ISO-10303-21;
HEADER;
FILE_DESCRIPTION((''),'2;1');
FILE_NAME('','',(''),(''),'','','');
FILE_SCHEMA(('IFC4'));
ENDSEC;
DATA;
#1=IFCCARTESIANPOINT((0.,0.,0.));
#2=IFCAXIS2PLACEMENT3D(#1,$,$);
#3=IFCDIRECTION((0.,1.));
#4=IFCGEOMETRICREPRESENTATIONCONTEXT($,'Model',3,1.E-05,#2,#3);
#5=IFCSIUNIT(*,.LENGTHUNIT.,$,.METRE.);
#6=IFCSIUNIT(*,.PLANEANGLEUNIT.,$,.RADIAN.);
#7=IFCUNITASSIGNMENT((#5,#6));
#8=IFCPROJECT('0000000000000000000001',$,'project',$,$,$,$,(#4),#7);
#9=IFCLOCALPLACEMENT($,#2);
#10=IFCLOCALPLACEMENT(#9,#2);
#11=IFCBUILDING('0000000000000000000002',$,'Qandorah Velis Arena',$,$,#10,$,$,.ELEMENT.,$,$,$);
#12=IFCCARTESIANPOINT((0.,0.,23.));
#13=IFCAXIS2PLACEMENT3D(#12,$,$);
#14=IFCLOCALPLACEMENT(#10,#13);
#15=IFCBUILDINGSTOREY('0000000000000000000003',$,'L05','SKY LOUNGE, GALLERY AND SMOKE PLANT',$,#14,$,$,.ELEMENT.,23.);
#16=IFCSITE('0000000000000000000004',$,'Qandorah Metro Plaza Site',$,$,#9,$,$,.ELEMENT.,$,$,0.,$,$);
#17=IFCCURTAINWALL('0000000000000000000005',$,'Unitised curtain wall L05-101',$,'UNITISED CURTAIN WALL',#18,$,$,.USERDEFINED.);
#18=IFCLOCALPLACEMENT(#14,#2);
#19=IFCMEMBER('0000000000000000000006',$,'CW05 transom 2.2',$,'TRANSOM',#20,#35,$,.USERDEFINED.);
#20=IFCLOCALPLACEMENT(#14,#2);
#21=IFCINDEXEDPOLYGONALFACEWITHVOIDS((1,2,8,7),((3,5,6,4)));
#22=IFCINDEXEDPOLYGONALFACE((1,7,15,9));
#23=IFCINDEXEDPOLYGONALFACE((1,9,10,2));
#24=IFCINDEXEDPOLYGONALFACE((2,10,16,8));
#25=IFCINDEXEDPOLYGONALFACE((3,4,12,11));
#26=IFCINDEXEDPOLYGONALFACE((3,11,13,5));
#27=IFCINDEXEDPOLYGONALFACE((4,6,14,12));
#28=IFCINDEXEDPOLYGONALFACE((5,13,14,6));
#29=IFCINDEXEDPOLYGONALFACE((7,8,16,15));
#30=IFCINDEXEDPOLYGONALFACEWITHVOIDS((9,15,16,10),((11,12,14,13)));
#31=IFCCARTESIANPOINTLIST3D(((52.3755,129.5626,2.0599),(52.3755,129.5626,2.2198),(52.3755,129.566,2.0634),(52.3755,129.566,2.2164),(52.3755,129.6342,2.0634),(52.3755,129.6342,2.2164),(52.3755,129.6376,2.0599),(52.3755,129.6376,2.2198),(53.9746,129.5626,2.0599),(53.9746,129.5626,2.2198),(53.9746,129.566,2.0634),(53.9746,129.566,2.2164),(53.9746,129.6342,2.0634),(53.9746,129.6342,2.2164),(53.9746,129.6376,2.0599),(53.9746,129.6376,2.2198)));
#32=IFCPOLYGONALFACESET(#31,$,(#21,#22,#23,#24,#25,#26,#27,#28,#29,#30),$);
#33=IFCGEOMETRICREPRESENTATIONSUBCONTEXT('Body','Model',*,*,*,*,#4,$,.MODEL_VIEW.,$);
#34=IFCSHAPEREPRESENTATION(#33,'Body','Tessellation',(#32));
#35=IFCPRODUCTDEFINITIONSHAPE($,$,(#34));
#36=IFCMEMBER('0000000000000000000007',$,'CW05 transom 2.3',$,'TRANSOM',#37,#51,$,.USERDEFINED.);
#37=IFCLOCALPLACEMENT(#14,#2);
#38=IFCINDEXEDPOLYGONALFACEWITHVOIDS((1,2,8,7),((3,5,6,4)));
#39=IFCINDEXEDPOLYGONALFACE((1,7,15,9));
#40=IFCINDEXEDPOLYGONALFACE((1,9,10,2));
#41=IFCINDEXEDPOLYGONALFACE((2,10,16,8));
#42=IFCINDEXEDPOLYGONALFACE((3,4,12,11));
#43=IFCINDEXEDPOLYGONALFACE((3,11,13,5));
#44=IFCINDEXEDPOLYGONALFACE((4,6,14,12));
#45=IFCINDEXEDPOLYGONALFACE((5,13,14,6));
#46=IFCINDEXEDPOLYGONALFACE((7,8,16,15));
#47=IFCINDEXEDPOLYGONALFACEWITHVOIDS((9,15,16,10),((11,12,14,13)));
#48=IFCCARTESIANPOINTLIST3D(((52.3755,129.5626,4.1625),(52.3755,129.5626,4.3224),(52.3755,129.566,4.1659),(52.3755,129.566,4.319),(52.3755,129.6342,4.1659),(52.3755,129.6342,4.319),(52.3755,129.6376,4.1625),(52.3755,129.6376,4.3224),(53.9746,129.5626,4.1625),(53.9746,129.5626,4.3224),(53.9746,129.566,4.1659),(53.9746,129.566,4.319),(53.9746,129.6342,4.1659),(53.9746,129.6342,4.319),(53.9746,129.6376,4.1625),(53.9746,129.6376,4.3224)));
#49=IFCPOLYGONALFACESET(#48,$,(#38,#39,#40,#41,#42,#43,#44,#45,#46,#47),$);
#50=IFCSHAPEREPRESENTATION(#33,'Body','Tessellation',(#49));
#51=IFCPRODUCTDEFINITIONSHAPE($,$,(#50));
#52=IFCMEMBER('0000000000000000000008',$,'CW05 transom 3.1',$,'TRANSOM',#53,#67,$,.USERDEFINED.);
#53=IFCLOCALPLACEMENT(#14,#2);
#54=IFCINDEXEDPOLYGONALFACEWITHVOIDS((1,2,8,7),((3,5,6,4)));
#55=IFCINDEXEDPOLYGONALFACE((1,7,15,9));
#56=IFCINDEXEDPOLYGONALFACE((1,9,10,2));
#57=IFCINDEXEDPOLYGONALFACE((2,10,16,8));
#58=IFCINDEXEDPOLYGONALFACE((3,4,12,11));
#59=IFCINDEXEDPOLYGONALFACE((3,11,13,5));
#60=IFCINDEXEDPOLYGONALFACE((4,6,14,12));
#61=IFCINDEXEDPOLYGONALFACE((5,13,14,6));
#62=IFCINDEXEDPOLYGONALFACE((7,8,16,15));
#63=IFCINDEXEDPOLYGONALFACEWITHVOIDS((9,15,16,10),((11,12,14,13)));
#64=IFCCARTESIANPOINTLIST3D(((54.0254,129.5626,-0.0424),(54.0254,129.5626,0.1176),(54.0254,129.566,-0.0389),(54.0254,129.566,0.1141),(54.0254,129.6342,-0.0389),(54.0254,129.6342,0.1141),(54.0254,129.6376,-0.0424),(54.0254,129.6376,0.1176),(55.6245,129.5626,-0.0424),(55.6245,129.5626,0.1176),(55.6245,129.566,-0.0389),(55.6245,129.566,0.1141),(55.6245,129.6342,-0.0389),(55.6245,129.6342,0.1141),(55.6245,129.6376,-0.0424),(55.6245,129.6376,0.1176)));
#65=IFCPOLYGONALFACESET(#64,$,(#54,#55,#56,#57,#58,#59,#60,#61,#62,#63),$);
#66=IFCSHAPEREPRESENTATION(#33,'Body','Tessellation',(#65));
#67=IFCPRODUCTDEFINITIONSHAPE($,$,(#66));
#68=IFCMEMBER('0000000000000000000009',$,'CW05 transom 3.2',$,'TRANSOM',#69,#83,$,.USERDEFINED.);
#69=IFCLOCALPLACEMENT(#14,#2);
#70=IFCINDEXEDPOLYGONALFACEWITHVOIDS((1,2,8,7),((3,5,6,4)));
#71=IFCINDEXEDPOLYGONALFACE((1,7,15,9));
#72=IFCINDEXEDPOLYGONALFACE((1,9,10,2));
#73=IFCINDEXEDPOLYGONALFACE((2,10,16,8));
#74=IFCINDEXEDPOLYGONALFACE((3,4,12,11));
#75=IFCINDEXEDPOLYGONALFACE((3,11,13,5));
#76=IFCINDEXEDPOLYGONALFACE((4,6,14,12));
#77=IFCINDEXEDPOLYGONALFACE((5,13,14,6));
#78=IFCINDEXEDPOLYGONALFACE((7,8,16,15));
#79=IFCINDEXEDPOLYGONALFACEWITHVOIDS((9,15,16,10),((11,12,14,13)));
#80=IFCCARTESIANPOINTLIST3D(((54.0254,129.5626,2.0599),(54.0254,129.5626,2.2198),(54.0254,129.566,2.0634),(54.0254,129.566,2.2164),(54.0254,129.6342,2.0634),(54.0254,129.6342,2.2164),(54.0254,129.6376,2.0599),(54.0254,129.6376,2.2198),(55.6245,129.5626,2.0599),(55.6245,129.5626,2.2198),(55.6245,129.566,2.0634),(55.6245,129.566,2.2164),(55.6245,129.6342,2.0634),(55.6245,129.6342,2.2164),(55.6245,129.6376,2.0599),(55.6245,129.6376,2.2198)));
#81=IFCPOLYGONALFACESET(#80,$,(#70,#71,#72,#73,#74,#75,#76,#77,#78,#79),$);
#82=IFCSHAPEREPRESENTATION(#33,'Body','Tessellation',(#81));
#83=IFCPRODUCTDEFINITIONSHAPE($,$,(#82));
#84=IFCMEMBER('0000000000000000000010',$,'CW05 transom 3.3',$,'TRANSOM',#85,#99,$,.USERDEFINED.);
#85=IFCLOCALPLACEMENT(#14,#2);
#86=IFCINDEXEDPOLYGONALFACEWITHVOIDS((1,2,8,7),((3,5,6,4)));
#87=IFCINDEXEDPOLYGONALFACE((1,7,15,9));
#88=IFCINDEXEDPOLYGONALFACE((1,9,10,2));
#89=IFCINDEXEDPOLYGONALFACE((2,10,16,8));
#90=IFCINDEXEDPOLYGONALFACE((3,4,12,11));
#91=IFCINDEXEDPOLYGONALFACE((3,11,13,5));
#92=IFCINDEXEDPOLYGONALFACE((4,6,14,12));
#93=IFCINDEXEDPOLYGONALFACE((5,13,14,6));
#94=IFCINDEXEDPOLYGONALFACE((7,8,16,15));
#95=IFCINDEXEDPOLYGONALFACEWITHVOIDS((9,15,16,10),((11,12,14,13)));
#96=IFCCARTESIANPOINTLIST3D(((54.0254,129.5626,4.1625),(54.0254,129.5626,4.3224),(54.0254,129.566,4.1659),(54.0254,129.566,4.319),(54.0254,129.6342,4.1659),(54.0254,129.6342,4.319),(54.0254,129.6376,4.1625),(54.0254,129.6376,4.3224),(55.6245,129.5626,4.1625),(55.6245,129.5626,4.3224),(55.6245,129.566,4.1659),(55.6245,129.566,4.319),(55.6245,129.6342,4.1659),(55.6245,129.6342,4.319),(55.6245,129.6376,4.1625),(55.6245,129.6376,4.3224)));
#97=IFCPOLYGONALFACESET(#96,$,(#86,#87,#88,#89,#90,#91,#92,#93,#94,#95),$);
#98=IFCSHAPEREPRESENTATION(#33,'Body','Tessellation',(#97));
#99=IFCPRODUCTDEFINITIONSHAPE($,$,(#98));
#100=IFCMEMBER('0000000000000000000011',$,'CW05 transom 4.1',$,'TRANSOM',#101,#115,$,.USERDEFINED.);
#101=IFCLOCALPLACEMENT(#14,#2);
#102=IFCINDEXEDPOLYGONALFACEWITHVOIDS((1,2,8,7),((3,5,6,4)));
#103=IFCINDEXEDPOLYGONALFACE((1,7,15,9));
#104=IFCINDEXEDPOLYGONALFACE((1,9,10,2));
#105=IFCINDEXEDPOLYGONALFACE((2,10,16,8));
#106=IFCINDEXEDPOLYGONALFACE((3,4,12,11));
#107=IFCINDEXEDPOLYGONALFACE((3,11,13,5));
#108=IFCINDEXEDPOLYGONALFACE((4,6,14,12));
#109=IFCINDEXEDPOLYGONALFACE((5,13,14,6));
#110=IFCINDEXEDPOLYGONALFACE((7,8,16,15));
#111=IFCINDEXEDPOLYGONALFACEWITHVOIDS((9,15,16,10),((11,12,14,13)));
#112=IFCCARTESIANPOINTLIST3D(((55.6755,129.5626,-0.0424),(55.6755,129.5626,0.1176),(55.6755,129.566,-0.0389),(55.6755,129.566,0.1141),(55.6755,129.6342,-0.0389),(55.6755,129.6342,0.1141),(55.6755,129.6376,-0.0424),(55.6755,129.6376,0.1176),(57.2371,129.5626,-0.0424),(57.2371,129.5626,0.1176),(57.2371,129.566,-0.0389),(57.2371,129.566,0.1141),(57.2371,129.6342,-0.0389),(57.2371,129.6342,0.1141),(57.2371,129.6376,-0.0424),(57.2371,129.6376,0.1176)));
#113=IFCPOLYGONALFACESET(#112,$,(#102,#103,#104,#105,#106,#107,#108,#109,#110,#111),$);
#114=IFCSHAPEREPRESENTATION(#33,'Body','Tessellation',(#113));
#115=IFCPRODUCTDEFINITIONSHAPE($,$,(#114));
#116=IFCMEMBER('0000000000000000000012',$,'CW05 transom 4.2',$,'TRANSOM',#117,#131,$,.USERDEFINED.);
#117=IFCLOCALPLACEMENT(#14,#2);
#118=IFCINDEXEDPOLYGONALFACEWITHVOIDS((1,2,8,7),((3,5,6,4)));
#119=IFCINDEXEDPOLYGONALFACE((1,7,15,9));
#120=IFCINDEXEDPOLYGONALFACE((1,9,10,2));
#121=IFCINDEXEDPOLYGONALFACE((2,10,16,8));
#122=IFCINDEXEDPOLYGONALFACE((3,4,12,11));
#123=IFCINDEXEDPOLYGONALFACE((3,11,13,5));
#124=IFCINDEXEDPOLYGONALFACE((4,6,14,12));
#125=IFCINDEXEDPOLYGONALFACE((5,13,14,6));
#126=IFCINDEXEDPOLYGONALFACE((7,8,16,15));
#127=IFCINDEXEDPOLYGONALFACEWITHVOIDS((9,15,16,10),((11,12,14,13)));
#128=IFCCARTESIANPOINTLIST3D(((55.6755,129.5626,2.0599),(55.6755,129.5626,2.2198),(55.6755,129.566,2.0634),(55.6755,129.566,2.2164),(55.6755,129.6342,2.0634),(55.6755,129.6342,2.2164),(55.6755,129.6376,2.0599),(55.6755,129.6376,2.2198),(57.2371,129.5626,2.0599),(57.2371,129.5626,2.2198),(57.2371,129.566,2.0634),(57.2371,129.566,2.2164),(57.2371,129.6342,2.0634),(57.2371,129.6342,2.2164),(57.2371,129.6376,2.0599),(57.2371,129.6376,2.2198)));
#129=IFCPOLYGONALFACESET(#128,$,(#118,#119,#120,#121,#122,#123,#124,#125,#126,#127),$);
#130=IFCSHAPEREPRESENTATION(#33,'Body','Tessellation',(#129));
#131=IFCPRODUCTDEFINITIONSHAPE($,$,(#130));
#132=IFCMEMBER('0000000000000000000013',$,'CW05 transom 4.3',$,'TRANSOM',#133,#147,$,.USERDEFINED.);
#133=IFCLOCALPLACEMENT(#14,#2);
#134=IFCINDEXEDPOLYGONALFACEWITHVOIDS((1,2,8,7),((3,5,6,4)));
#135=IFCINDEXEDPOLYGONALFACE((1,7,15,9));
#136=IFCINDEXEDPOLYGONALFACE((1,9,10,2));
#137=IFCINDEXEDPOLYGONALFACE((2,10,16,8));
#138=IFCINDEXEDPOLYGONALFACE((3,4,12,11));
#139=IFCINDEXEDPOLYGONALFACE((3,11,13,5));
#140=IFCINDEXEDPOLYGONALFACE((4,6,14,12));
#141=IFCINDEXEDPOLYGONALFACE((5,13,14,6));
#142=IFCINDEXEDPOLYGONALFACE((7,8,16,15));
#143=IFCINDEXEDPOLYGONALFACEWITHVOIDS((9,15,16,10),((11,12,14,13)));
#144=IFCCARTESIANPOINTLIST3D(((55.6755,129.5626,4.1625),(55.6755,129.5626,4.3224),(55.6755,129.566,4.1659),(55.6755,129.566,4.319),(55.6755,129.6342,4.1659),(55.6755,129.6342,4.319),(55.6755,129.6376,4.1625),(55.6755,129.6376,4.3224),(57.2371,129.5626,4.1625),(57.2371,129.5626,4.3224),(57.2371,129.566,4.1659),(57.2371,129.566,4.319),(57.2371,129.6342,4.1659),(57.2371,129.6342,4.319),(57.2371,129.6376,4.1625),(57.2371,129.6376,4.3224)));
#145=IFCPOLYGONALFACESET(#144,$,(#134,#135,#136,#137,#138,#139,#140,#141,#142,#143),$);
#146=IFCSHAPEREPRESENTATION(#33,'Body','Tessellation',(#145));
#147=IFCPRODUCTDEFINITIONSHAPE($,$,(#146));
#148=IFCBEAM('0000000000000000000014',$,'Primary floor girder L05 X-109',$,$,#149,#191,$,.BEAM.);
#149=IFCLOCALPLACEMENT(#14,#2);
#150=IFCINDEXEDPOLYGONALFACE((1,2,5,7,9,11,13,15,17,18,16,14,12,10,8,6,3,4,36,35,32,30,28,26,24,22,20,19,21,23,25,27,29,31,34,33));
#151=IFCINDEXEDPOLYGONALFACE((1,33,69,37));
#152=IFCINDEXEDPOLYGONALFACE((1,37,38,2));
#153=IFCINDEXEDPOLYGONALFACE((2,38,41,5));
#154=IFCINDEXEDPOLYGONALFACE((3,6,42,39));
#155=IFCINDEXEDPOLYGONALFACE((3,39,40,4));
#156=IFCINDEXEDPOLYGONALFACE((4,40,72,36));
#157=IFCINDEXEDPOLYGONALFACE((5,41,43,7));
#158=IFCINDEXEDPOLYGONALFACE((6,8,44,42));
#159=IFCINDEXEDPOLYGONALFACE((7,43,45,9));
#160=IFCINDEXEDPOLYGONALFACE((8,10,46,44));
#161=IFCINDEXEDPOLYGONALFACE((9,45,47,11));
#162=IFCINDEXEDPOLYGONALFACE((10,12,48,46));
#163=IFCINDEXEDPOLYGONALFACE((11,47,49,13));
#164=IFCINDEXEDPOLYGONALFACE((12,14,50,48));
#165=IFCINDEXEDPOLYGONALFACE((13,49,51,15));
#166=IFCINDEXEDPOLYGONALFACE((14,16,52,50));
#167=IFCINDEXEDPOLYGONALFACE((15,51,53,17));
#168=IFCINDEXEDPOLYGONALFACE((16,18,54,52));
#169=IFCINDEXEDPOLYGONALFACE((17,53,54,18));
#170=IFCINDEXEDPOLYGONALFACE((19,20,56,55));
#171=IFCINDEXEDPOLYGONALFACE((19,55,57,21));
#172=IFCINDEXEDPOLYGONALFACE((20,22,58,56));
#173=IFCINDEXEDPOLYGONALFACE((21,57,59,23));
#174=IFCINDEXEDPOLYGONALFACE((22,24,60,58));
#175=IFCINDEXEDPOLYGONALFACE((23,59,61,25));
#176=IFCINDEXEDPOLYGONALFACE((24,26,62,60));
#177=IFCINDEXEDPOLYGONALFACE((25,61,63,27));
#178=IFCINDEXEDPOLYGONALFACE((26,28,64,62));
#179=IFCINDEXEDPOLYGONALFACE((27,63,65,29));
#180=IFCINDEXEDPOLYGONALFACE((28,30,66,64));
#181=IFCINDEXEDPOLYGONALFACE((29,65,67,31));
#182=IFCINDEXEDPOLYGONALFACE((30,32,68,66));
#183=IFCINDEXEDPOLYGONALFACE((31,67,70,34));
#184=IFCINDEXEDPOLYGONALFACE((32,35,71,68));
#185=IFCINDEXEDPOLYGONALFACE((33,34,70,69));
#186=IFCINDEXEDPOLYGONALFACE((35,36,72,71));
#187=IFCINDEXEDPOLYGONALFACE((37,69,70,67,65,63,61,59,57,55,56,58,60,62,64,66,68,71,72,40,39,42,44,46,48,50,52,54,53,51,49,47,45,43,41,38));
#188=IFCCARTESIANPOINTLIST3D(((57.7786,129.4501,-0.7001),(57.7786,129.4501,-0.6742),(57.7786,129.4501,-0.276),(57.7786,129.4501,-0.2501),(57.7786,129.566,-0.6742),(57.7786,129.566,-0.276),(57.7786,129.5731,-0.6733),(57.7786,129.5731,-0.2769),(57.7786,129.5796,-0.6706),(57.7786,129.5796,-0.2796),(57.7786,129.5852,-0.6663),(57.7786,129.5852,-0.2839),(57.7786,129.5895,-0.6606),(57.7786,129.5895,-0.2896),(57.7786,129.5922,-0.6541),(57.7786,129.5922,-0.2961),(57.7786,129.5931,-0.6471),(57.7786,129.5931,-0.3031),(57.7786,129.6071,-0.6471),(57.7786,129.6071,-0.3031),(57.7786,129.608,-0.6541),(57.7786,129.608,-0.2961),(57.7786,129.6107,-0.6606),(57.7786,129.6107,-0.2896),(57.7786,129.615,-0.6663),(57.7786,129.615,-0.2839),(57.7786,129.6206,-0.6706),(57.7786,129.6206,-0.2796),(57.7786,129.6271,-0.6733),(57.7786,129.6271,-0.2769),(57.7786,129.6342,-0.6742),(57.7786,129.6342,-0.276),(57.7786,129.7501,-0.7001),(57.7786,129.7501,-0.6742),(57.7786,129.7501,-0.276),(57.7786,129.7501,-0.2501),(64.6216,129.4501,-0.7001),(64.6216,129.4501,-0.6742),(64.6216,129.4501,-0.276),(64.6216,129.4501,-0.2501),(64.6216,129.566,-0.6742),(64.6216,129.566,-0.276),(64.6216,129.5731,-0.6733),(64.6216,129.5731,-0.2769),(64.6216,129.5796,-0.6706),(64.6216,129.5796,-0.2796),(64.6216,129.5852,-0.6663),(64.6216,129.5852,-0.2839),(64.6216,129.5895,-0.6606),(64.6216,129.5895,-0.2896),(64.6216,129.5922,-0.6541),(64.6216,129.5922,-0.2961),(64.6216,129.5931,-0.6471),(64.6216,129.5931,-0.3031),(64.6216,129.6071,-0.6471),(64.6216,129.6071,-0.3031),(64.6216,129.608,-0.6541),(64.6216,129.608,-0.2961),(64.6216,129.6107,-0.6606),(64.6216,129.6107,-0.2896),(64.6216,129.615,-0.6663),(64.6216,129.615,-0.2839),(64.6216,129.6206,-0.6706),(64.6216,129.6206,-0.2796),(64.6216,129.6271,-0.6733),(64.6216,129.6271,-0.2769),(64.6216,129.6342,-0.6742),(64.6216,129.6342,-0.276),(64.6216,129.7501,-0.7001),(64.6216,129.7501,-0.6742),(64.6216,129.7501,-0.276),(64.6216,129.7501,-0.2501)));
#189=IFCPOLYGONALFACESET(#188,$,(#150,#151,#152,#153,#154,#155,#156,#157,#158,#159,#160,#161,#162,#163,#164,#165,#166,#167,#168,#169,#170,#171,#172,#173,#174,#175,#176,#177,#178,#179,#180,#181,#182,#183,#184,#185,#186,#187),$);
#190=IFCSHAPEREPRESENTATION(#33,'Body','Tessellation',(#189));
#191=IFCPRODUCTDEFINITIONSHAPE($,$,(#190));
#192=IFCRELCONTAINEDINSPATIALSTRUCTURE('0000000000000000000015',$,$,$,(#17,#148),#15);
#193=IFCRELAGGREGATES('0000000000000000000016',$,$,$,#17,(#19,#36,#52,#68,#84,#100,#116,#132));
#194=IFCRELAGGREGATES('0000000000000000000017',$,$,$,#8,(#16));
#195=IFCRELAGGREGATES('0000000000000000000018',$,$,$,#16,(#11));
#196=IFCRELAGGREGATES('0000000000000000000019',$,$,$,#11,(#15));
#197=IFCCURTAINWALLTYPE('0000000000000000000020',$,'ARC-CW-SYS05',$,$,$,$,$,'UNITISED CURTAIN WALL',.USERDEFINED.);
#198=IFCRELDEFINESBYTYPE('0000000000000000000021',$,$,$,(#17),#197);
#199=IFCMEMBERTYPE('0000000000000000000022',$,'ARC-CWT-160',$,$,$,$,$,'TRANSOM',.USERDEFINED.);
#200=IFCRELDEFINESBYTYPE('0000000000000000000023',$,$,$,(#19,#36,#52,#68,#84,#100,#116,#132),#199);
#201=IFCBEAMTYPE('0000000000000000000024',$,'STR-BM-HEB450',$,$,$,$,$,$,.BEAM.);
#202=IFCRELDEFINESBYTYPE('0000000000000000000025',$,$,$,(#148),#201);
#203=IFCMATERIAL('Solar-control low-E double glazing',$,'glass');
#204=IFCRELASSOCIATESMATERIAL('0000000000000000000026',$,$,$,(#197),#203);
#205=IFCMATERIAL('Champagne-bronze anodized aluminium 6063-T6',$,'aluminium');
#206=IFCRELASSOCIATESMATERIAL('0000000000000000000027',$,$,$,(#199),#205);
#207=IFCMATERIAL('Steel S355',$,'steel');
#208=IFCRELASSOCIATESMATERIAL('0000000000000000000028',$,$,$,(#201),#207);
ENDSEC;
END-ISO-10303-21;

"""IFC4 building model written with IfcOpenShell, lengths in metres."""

from ifc_helpers import new_model, si_unit, direction, frame, origin, origin_2d, place, context, subcontext, project, spatial, hollow_rectangle, i_section, extrude, material, material_profile, profile_set, type_object, element, aggregate, save


model = new_model("IFC4")

# Units and contexts
model_context = context("Model", 3, precision=1e-05, world=origin(), true_north=direction((0.0, 1.0)))
body_context = subcontext(model_context, "Body", "Model", "MODEL_VIEW")
ifc_project = project(units=[si_unit("LENGTHUNIT", "METRE"), si_unit("PLANEANGLEUNIT", "RADIAN")], contexts=[model_context])

# Site, building, storey
site_placement = place(None, origin())
site = spatial("IfcSite", under=ifc_project, at=site_placement, Name="Qandorah Metro Plaza Site", CompositionType="ELEMENT", RefElevation=0.0)
building_placement = place(site_placement, origin())
building = spatial("IfcBuilding", under=site, at=building_placement, Name="Qandorah Velis Arena", CompositionType="ELEMENT")
storey_placement = place(building_placement, frame((0.0, 0.0, 23.0)))
storey = spatial("IfcBuildingStorey", under=building, at=storey_placement, Name="L05", Description="SKY LOUNGE, GALLERY AND SMOKE PLANT", CompositionType="ELEMENT", Elevation=23.0)

# Shared definitions
ifc_material_1 = material(Name="Solar-control low-E double glazing", Category="glass")
ifc_material_2 = material(Name="Champagne-bronze anodized aluminium 6063-T6", Category="aluminium")

# Curtain wall
curtain_wall_type_1 = type_object("IfcCurtainWallType", Name="ARC-CW-SYS05", ElementType="UNITISED CURTAIN WALL", PredefinedType="USERDEFINED", material=ifc_material_1)
curtain_wall_1_placement = place(storey_placement, origin())
curtain_wall_1 = element("IfcCurtainWall", 1, at=curtain_wall_1_placement, inside=storey, type_object=curtain_wall_type_1, Name="Unitised curtain wall L05-101", ObjectType="UNITISED CURTAIN WALL", PredefinedType="USERDEFINED")

# Members
ifc_material_profile_1 = material_profile(ifc_material_2, hollow_rectangle(XDim=0.075, YDim=0.1599, WallThickness=0.0034, at=origin_2d()), Name="ALU TRANSOM 75x160")
ifc_profile_set_1 = profile_set([ifc_material_profile_1], Name="Champagne-bronze anodized aluminium 6063-T6")
member_type_1 = type_object("IfcMemberType", Name="ARC-CWT-160", ElementType="TRANSOM", PredefinedType="USERDEFINED", material=ifc_profile_set_1)
member_1_placement = place(storey_placement, frame((52.3755, 129.6001, 2.1399), z_axis=(1.0, 0.0, 0.0), x_axis=(0.0, 1.0, 0.0)))
member_1 = element("IfcMember", 2, at=member_1_placement, type_object=member_type_1, Name="CW05 transom 2.2", ObjectType="TRANSOM", PredefinedType="USERDEFINED", context=body_context, shape_type="SweptSolid", body=[
    extrude(hollow_rectangle(XDim=0.075, YDim=0.1599, WallThickness=0.0034, at=origin_2d()), origin(), (0.0, 0.0, 1.0), 1.5991),
])
member_2_placement = place(storey_placement, frame((52.3755, 129.6001, 4.2424), z_axis=(1.0, 0.0, 0.0), x_axis=(0.0, 1.0, 0.0)))
member_2 = element("IfcMember", 3, at=member_2_placement, type_object=member_type_1, Name="CW05 transom 2.3", ObjectType="TRANSOM", PredefinedType="USERDEFINED", context=body_context, shape_type="SweptSolid", body=[
    extrude(hollow_rectangle(XDim=0.075, YDim=0.1599, WallThickness=0.0034, at=origin_2d()), origin(), (0.0, 0.0, 1.0), 1.5991),
])
member_3_placement = place(storey_placement, frame((54.0254, 129.6001, 0.0376), z_axis=(1.0, 0.0, 0.0), x_axis=(0.0, 1.0, 0.0)))
member_3 = element("IfcMember", 4, at=member_3_placement, type_object=member_type_1, Name="CW05 transom 3.1", ObjectType="TRANSOM", PredefinedType="USERDEFINED", context=body_context, shape_type="SweptSolid", body=[
    extrude(hollow_rectangle(XDim=0.075, YDim=0.1599, WallThickness=0.0034, at=origin_2d()), origin(), (0.0, 0.0, 1.0), 1.5991),
])
member_4_placement = place(storey_placement, frame((54.0254, 129.6001, 2.1399), z_axis=(1.0, 0.0, 0.0), x_axis=(0.0, 1.0, 0.0)))
member_4 = element("IfcMember", 5, at=member_4_placement, type_object=member_type_1, Name="CW05 transom 3.2", ObjectType="TRANSOM", PredefinedType="USERDEFINED", context=body_context, shape_type="SweptSolid", body=[
    extrude(hollow_rectangle(XDim=0.075, YDim=0.1599, WallThickness=0.0034, at=origin_2d()), origin(), (0.0, 0.0, 1.0), 1.5991),
])
member_5_placement = place(storey_placement, frame((54.0254, 129.6001, 4.2424), z_axis=(1.0, 0.0, 0.0), x_axis=(0.0, 1.0, 0.0)))
member_5 = element("IfcMember", 6, at=member_5_placement, type_object=member_type_1, Name="CW05 transom 3.3", ObjectType="TRANSOM", PredefinedType="USERDEFINED", context=body_context, shape_type="SweptSolid", body=[
    extrude(hollow_rectangle(XDim=0.075, YDim=0.1599, WallThickness=0.0034, at=origin_2d()), origin(), (0.0, 0.0, 1.0), 1.5991),
])
member_6_placement = place(storey_placement, frame((55.6755, 129.6001, 0.0376), z_axis=(1.0, 0.0, 0.0), x_axis=(0.0, 1.0, 0.0)))
member_6 = element("IfcMember", 7, at=member_6_placement, type_object=member_type_1, Name="CW05 transom 4.1", ObjectType="TRANSOM", PredefinedType="USERDEFINED", context=body_context, shape_type="SweptSolid", body=[
    extrude(hollow_rectangle(XDim=0.075, YDim=0.1599, WallThickness=0.0034, at=origin_2d()), origin(), (0.0, 0.0, 1.0), 1.5615),
])
member_7_placement = place(storey_placement, frame((55.6755, 129.6001, 2.1399), z_axis=(1.0, 0.0, 0.0), x_axis=(0.0, 1.0, 0.0)))
member_7 = element("IfcMember", 8, at=member_7_placement, type_object=member_type_1, Name="CW05 transom 4.2", ObjectType="TRANSOM", PredefinedType="USERDEFINED", context=body_context, shape_type="SweptSolid", body=[
    extrude(hollow_rectangle(XDim=0.075, YDim=0.1599, WallThickness=0.0034, at=origin_2d()), origin(), (0.0, 0.0, 1.0), 1.5615),
])
member_8_placement = place(storey_placement, frame((55.6755, 129.6001, 4.2424), z_axis=(1.0, 0.0, 0.0), x_axis=(0.0, 1.0, 0.0)))
member_8 = element("IfcMember", 9, at=member_8_placement, type_object=member_type_1, Name="CW05 transom 4.3", ObjectType="TRANSOM", PredefinedType="USERDEFINED", context=body_context, shape_type="SweptSolid", body=[
    extrude(hollow_rectangle(XDim=0.075, YDim=0.1599, WallThickness=0.0034, at=origin_2d()), origin(), (0.0, 0.0, 1.0), 1.5615),
])

# Beam
ifc_material_3 = material(Name="Steel S355", Category="steel")
ifc_material_profile_2 = material_profile(ifc_material_3, i_section(OverallWidth=0.3, OverallDepth=0.45, WebThickness=0.0139, FlangeThickness=0.0259, FilletRadius=0.0271, at=origin_2d()), Name="HEB 450")
ifc_profile_set_2 = profile_set([ifc_material_profile_2], Name="Steel S355")
beam_type = type_object("IfcBeamType", Name="STR-BM-HEB450", PredefinedType="BEAM", material=ifc_profile_set_2)
beam_placement = place(storey_placement, frame((57.7786, 129.6001, -0.4751), z_axis=(1.0, 0.0, 0.0), x_axis=(0.0, 1.0, 0.0)))
element("IfcBeam", 10, at=beam_placement, inside=storey, type_object=beam_type, Name="Primary floor girder L05 X-109", PredefinedType="BEAM", context=body_context, shape_type="SweptSolid", body=[
    extrude(i_section(OverallWidth=0.3, OverallDepth=0.45, WebThickness=0.0139, FlangeThickness=0.0259, FilletRadius=0.0271, at=origin_2d()), origin(), (0.0, 0.0, 1.0), 6.843),
])

aggregate(curtain_wall_1, [member_1, member_2, member_3, member_4, member_5, member_6, member_7, member_8])

save(model, "model.ifc")
